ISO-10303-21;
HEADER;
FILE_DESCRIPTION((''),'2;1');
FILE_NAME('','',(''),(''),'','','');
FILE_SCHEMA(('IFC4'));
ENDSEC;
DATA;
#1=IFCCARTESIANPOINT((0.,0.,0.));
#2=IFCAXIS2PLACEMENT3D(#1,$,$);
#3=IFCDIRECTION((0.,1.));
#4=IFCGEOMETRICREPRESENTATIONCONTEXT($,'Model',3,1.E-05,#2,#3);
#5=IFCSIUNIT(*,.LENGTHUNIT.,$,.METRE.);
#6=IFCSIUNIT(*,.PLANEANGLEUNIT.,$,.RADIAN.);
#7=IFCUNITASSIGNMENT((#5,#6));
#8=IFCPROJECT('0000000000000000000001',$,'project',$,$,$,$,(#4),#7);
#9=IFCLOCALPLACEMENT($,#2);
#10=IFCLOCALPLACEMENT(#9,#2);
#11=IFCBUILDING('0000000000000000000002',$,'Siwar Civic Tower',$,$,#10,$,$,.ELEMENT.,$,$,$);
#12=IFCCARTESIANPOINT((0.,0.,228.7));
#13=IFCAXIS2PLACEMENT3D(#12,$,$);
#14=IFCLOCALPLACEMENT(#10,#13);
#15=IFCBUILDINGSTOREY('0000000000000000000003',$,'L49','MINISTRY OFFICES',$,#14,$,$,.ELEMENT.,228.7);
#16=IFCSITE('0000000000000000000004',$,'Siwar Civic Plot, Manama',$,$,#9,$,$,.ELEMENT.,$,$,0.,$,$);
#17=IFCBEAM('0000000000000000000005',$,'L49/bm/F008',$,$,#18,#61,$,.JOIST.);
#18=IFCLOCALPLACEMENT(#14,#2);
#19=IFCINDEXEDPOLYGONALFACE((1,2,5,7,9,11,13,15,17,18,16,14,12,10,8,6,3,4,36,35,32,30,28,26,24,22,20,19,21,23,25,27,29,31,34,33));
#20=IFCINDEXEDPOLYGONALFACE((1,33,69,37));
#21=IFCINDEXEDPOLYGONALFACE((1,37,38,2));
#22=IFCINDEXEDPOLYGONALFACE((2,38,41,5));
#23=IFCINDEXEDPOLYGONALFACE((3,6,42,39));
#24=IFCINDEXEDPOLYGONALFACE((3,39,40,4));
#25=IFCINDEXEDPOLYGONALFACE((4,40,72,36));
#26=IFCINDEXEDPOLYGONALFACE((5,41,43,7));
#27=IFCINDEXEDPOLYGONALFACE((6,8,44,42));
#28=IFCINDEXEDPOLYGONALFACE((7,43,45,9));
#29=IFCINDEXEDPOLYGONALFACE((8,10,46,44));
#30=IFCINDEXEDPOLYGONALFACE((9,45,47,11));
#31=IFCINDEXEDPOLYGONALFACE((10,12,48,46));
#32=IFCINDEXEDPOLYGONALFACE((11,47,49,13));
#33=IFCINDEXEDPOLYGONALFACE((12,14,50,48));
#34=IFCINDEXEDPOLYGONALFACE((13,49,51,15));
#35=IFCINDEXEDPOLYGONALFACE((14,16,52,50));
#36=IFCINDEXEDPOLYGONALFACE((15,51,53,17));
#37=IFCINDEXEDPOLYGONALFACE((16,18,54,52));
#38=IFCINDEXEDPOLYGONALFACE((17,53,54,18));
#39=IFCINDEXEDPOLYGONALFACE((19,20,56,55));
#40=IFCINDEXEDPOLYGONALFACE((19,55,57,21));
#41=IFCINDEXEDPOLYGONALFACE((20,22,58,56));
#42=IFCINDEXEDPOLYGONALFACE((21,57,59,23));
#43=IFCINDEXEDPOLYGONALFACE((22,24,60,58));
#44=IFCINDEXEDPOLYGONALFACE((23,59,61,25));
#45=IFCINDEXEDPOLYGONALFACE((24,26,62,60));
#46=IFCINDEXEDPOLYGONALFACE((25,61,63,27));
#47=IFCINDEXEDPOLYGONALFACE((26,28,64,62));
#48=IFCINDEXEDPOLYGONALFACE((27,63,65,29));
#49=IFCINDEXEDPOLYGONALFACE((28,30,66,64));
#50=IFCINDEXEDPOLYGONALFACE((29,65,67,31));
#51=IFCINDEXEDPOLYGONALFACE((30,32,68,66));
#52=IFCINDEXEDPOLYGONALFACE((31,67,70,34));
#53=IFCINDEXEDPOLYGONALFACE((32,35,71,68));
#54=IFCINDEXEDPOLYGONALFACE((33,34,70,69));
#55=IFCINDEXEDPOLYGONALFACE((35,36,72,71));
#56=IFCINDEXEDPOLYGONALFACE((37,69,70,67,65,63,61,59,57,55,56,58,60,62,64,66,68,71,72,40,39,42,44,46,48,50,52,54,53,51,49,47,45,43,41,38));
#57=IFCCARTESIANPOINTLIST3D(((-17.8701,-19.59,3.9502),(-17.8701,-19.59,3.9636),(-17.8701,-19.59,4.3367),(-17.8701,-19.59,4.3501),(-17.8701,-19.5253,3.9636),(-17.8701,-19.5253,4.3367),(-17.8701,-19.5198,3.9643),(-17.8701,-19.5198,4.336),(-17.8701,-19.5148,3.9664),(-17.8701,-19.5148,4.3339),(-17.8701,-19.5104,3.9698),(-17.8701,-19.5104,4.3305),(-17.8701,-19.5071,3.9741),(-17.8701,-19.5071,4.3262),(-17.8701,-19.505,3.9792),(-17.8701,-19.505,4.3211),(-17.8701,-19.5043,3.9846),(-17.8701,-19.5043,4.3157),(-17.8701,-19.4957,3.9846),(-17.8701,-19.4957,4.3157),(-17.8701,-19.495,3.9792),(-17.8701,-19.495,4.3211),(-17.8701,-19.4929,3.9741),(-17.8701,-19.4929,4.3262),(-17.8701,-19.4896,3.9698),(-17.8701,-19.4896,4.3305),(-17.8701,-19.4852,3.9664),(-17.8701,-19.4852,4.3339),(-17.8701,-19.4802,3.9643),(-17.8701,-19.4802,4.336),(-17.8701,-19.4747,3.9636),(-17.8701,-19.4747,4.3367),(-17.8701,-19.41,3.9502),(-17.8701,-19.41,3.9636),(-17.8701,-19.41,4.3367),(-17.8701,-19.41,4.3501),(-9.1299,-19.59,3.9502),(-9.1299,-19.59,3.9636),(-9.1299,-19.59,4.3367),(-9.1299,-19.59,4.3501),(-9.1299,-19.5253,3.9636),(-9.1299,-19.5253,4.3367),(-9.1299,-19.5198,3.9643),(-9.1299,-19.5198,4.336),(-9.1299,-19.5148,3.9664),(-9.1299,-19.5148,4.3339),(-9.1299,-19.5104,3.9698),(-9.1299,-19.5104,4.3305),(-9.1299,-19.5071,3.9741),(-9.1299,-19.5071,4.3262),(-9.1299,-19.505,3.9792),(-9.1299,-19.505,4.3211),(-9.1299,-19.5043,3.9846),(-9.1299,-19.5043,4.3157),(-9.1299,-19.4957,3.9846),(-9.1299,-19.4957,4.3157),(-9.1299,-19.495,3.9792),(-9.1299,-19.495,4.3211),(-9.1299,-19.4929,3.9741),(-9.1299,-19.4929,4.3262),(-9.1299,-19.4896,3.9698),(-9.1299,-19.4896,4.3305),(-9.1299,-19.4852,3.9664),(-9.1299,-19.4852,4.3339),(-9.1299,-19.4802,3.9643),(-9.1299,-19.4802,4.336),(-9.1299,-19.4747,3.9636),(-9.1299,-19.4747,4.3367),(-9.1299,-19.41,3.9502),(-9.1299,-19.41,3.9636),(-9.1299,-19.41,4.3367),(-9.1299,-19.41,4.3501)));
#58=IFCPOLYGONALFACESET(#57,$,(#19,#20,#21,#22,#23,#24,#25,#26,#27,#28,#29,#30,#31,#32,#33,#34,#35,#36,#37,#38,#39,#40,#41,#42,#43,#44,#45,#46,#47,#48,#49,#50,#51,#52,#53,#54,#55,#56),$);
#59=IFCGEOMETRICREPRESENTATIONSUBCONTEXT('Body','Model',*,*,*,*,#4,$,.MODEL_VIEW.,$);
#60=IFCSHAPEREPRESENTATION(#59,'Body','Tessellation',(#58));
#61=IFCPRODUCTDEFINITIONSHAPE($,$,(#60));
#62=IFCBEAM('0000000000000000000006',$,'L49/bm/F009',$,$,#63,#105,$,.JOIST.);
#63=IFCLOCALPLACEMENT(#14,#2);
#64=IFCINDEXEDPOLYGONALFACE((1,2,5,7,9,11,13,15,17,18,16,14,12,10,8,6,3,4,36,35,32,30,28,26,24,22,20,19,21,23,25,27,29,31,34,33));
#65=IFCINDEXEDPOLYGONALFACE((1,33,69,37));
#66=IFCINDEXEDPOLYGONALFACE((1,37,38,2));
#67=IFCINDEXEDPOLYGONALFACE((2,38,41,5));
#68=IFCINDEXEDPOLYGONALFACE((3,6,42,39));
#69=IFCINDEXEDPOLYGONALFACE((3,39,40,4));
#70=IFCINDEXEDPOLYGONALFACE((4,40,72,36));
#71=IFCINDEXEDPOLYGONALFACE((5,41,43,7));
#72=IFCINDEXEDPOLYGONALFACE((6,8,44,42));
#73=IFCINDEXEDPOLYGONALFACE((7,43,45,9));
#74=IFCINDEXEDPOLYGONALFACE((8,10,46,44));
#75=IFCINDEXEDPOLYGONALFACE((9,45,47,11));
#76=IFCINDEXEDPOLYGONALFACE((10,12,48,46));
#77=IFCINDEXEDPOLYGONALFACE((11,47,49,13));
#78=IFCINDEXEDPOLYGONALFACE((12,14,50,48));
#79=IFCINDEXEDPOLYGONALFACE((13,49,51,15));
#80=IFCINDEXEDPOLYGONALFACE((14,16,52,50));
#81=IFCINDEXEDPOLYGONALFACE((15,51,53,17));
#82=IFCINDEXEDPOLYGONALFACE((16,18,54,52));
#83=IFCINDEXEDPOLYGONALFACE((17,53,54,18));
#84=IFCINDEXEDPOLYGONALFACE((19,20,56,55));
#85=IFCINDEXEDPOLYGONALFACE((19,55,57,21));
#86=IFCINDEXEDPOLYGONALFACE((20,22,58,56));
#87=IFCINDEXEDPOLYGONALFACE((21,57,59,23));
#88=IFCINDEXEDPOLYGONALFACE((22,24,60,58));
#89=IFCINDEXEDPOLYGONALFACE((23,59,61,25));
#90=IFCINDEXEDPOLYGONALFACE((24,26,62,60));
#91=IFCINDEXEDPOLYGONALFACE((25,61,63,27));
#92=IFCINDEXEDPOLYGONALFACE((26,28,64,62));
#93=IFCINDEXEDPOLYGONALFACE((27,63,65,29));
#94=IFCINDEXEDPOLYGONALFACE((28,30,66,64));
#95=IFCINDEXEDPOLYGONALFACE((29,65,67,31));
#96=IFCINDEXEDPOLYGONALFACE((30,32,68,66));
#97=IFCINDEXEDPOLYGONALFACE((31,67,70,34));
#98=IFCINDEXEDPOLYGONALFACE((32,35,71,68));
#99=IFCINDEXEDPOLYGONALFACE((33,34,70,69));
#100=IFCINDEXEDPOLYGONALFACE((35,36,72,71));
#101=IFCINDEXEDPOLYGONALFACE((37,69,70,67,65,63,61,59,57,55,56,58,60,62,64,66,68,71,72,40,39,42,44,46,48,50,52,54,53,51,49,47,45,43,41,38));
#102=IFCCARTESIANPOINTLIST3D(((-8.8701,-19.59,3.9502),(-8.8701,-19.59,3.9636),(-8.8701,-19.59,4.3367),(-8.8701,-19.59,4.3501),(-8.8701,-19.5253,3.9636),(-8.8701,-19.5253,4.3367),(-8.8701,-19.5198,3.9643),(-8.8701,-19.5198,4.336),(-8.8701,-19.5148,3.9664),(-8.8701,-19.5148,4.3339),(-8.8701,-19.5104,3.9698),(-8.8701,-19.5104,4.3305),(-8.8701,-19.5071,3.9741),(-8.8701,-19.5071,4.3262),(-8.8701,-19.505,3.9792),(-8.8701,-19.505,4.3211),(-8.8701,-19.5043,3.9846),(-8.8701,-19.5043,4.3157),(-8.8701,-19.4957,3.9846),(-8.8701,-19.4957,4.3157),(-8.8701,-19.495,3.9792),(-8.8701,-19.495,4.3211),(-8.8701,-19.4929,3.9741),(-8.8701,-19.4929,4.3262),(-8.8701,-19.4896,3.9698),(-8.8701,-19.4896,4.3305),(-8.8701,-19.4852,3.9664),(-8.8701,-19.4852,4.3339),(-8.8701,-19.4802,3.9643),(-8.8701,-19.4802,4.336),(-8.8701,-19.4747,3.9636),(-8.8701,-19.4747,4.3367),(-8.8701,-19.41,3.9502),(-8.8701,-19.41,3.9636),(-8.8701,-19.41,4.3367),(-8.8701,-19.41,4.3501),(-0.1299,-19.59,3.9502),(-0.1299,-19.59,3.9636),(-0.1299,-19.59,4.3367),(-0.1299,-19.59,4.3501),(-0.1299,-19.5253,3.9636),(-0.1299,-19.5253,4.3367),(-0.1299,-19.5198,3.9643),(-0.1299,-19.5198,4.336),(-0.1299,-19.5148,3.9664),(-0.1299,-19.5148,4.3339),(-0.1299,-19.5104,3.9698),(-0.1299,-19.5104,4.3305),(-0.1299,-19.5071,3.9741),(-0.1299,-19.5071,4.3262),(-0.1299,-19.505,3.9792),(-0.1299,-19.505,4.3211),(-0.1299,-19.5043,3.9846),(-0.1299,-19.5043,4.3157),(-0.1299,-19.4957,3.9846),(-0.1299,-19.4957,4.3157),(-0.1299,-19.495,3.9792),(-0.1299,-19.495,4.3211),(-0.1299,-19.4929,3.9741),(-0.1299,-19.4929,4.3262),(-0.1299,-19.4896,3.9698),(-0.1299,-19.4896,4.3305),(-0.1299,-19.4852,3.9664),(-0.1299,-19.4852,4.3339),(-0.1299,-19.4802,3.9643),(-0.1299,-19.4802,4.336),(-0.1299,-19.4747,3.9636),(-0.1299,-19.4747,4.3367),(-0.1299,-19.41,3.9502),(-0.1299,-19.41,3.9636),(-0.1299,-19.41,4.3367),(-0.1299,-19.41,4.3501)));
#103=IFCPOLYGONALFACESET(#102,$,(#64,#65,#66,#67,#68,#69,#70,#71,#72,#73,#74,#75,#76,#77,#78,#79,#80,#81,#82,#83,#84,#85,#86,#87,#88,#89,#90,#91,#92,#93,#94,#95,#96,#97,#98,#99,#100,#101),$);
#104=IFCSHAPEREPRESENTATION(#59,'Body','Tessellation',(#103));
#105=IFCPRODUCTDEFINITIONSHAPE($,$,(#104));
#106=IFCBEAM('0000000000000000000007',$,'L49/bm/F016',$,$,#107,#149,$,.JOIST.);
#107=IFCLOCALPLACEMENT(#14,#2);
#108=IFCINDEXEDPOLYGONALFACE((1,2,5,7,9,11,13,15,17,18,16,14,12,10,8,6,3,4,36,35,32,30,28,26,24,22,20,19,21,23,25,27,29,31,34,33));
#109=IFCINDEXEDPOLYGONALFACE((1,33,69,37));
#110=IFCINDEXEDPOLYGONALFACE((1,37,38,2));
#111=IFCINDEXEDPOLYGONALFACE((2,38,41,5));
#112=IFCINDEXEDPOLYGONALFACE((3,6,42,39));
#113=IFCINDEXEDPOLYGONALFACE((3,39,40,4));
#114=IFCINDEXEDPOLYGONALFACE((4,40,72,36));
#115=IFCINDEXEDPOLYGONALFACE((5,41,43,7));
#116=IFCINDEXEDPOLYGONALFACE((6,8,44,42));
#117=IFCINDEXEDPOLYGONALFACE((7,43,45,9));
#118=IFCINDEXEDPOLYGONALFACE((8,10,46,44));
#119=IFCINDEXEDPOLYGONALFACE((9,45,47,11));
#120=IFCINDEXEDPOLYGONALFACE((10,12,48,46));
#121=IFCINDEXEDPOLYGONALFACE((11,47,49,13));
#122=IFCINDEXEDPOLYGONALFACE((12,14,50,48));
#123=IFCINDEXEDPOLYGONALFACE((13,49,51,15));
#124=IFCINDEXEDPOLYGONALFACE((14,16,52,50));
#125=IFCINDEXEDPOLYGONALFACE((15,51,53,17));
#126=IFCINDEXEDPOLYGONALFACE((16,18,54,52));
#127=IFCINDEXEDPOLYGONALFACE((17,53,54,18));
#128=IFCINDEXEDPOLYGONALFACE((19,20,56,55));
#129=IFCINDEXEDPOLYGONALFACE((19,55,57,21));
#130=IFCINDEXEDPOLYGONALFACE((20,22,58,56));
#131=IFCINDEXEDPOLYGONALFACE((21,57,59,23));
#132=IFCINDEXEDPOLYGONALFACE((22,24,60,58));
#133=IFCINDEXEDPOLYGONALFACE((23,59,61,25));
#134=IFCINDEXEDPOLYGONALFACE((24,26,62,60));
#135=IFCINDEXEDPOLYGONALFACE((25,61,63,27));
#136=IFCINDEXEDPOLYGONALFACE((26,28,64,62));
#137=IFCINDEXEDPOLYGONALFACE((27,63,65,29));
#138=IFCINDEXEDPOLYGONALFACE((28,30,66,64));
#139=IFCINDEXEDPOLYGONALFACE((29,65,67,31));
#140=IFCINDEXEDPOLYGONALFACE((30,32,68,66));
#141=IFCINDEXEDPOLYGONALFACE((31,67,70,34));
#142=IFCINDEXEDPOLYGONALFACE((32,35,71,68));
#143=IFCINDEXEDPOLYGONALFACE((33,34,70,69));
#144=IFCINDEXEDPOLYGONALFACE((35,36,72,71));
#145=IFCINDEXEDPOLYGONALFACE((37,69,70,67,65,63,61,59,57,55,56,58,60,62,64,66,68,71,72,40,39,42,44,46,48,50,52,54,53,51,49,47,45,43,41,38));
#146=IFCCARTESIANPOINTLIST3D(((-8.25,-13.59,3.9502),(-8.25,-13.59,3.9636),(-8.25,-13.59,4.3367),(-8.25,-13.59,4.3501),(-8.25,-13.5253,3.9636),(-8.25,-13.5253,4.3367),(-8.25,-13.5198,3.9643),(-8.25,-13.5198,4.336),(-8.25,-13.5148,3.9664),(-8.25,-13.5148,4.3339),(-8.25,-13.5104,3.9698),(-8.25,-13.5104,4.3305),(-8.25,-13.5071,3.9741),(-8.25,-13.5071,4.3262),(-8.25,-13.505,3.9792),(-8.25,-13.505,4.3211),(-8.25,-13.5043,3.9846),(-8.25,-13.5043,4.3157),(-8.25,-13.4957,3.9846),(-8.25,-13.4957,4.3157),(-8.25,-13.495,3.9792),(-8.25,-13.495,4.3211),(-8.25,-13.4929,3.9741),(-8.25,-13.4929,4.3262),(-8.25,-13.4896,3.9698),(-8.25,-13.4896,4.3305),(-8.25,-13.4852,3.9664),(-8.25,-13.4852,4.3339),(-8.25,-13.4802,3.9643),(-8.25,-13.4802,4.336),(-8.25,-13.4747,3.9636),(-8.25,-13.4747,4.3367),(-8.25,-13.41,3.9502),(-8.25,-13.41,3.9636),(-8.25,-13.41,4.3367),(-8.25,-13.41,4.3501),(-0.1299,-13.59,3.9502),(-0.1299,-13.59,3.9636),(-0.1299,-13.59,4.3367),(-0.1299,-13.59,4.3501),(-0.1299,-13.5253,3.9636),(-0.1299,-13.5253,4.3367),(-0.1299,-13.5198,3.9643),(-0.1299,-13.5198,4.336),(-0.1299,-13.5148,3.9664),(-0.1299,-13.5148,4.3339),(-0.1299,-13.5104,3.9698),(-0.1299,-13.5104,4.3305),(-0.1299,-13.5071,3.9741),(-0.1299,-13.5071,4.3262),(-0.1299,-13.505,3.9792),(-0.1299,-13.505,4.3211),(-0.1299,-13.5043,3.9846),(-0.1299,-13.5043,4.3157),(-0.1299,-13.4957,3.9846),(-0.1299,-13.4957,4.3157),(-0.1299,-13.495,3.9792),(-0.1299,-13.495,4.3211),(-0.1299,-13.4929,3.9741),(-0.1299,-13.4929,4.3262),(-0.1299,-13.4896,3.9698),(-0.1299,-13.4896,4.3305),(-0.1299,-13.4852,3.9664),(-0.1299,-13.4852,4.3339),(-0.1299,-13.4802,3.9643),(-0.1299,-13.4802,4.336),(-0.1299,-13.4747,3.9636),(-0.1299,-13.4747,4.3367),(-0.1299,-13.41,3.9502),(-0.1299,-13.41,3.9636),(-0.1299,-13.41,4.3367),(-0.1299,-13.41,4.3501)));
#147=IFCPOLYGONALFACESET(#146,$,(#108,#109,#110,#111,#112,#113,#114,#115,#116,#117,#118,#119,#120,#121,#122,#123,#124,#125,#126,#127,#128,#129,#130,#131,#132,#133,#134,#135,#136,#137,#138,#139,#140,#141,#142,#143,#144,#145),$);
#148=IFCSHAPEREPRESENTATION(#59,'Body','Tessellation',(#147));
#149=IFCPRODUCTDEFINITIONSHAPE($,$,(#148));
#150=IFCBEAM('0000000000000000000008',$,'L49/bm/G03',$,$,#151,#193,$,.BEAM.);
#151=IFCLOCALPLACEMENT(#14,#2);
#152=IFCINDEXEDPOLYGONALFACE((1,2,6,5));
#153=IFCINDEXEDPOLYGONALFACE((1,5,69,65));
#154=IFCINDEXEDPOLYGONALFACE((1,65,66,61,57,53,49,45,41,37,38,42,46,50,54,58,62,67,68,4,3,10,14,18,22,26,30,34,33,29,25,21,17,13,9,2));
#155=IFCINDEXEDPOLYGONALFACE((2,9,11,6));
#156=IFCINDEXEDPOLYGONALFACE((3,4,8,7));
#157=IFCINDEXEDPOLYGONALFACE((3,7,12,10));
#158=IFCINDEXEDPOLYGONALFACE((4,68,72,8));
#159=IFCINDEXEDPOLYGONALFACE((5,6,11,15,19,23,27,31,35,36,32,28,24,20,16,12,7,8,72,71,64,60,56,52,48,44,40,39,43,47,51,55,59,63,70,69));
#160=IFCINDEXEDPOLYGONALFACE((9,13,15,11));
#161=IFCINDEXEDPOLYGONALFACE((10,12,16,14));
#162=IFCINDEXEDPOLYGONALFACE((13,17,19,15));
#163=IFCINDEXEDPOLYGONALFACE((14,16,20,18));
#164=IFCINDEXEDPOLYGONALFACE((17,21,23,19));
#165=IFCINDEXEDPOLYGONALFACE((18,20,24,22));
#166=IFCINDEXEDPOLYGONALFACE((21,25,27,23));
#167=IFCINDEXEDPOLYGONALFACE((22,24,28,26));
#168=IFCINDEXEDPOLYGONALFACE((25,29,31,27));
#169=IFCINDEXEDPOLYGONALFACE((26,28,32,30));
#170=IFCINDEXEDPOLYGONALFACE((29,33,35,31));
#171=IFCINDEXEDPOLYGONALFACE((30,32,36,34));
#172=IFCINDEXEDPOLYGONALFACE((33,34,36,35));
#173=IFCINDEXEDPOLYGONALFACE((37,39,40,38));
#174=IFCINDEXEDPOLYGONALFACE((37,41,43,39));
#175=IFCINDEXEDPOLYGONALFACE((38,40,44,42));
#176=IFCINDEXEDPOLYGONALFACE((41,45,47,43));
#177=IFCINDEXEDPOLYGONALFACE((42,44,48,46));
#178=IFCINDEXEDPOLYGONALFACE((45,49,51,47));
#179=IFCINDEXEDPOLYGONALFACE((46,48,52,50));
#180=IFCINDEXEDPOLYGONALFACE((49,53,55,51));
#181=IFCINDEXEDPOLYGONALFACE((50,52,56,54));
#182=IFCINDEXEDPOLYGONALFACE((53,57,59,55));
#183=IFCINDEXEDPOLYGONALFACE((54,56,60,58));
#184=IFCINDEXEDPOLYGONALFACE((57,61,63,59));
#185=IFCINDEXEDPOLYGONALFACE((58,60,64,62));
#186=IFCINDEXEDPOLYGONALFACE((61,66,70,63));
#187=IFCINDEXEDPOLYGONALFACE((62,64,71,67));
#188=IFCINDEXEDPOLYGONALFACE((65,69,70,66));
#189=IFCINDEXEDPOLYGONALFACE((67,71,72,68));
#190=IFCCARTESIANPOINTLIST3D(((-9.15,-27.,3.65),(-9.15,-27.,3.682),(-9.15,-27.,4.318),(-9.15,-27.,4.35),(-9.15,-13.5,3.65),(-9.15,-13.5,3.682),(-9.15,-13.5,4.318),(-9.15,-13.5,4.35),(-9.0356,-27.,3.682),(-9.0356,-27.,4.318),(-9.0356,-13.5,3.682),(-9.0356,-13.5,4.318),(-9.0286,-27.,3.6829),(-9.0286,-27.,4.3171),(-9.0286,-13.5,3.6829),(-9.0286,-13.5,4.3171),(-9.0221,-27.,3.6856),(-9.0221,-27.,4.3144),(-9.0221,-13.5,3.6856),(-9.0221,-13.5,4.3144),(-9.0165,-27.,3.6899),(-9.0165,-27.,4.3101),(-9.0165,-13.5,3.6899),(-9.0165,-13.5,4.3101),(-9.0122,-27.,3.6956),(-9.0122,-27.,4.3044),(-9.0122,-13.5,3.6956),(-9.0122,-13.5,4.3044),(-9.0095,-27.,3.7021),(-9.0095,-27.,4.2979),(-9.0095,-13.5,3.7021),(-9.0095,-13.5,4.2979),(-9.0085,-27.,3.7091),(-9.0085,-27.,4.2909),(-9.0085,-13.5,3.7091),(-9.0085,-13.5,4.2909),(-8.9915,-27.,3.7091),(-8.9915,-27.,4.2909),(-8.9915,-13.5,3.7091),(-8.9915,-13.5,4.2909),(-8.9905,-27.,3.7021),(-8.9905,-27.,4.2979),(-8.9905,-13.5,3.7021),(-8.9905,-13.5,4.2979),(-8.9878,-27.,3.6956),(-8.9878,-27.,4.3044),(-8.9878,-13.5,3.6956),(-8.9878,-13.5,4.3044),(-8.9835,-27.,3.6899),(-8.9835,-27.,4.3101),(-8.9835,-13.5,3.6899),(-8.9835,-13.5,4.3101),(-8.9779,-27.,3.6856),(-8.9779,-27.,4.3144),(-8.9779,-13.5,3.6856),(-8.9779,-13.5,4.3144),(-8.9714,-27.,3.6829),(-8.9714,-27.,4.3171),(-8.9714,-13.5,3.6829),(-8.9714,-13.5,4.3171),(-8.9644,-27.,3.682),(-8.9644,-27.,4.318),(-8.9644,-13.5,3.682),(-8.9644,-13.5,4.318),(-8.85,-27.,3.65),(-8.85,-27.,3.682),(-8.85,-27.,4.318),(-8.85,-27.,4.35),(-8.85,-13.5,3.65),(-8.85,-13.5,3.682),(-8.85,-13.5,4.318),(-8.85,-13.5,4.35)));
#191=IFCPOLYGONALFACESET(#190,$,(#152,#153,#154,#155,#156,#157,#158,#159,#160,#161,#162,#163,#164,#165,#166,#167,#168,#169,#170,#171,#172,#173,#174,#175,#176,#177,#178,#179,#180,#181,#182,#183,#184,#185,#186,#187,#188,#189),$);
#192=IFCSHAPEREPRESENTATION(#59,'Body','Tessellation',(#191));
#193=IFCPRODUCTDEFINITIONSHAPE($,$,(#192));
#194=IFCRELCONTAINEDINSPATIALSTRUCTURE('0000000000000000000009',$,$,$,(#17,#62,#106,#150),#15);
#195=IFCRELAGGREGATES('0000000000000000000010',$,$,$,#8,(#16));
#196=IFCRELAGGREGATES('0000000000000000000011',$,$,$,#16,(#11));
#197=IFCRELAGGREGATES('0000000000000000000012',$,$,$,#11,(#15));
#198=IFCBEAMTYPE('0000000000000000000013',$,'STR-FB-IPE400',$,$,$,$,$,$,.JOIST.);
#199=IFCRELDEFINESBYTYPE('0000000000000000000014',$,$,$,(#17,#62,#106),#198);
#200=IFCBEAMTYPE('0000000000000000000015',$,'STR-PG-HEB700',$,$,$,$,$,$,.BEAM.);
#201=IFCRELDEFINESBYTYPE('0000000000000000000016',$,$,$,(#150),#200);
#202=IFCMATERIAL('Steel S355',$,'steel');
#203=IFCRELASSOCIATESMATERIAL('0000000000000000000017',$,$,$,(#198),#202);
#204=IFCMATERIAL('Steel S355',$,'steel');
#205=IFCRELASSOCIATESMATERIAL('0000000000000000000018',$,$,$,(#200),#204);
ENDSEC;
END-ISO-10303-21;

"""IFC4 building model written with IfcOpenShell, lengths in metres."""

from ifc_helpers import new_model, si_unit, direction, frame, origin, origin_2d, place, context, subcontext, project, spatial, i_section, extrude, material, material_profile, profile_set, type_object, element, save


model = new_model("IFC4")

# Units and contexts
model_context = context("Model", 3, precision=1e-05, world=origin(), true_north=direction((0.0, 1.0)))
body_context = subcontext(model_context, "Body", "Model", "MODEL_VIEW")
ifc_project = project(units=[si_unit("LENGTHUNIT", "METRE"), si_unit("PLANEANGLEUNIT", "RADIAN")], contexts=[model_context])

# Site, building, storey
site_placement = place(None, origin())
site = spatial("IfcSite", under=ifc_project, at=site_placement, Name="Siwar Civic Plot, Manama", CompositionType="ELEMENT", RefElevation=0.0)
building_placement = place(site_placement, origin())
building = spatial("IfcBuilding", under=site, at=building_placement, Name="Siwar Civic Tower", CompositionType="ELEMENT")
storey_placement = place(building_placement, frame((0.0, 0.0, 228.7)))
storey = spatial("IfcBuildingStorey", under=building, at=storey_placement, Name="L49", Description="MINISTRY OFFICES", CompositionType="ELEMENT", Elevation=228.7)

# Beams
ifc_material_1 = material(Name="Steel S355", Category="steel")
ifc_material_profile_1 = material_profile(ifc_material_1, i_section(OverallWidth=0.1799, OverallDepth=0.3999, WebThickness=0.0085, FlangeThickness=0.0134, FilletRadius=0.021, at=origin_2d()), Name="IPE400")
ifc_profile_set_1 = profile_set([ifc_material_profile_1], Name="Steel S355")
beam_type_1 = type_object("IfcBeamType", Name="STR-FB-IPE400", PredefinedType="JOIST", material=ifc_profile_set_1)
for number, where, z_axis, x_axis, name in (
    (1, (-17.8701, -19.5, 4.1501), (1.0, 0.0, 0.0), (0.0, 1.0, 0.0), "L49/bm/F008"),
    (2, (-8.8701, -19.5, 4.1501), (1.0, 0.0, 0.0), (0.0, 1.0, 0.0), "L49/bm/F009"),
):
    element("IfcBeam", number, at=place(storey_placement, frame(where, z_axis=z_axis, x_axis=x_axis)), inside=storey, type_object=beam_type_1, Name=name, PredefinedType="JOIST", context=body_context, shape_type="SweptSolid", body=[
        extrude(i_section(OverallWidth=0.1799, OverallDepth=0.3999, WebThickness=0.0085, FlangeThickness=0.0134, FilletRadius=0.021, at=origin_2d()), origin(), (0.0, 0.0, 1.0), 8.7402),
    ])
beam_1_placement = place(storey_placement, frame((-8.25, -13.5, 4.1501), z_axis=(1.0, 0.0, 0.0), x_axis=(0.0, 1.0, 0.0)))
element("IfcBeam", 3, at=beam_1_placement, inside=storey, type_object=beam_type_1, Name="L49/bm/F016", PredefinedType="JOIST", context=body_context, shape_type="SweptSolid", body=[
    extrude(i_section(OverallWidth=0.1799, OverallDepth=0.3999, WebThickness=0.0085, FlangeThickness=0.0134, FilletRadius=0.021, at=origin_2d()), origin(), (0.0, 0.0, 1.0), 8.1201),
])
ifc_material_2 = material(Name="Steel S355", Category="steel")
ifc_material_profile_2 = material_profile(ifc_material_2, i_section(OverallWidth=0.3, OverallDepth=0.7, WebThickness=0.0171, FlangeThickness=0.032, FilletRadius=0.0271, at=origin_2d()), Name="HEB700")
ifc_profile_set_2 = profile_set([ifc_material_profile_2], Name="Steel S355")
beam_type_2 = type_object("IfcBeamType", Name="STR-PG-HEB700", PredefinedType="BEAM", material=ifc_profile_set_2)
beam_2_placement = place(storey_placement, frame((-9.0, -27.0, 4.0), z_axis=(0.0, 1.0, 0.0), x_axis=(-1.0, 0.0, 0.0)))
element("IfcBeam", 4, at=beam_2_placement, inside=storey, type_object=beam_type_2, Name="L49/bm/G03", PredefinedType="BEAM", context=body_context, shape_type="SweptSolid", body=[
    extrude(i_section(OverallWidth=0.3, OverallDepth=0.7, WebThickness=0.0171, FlangeThickness=0.032, FilletRadius=0.0271, at=origin_2d()), origin(), (0.0, 0.0, 1.0), 13.5),
])

save(model, "model.ifc")
